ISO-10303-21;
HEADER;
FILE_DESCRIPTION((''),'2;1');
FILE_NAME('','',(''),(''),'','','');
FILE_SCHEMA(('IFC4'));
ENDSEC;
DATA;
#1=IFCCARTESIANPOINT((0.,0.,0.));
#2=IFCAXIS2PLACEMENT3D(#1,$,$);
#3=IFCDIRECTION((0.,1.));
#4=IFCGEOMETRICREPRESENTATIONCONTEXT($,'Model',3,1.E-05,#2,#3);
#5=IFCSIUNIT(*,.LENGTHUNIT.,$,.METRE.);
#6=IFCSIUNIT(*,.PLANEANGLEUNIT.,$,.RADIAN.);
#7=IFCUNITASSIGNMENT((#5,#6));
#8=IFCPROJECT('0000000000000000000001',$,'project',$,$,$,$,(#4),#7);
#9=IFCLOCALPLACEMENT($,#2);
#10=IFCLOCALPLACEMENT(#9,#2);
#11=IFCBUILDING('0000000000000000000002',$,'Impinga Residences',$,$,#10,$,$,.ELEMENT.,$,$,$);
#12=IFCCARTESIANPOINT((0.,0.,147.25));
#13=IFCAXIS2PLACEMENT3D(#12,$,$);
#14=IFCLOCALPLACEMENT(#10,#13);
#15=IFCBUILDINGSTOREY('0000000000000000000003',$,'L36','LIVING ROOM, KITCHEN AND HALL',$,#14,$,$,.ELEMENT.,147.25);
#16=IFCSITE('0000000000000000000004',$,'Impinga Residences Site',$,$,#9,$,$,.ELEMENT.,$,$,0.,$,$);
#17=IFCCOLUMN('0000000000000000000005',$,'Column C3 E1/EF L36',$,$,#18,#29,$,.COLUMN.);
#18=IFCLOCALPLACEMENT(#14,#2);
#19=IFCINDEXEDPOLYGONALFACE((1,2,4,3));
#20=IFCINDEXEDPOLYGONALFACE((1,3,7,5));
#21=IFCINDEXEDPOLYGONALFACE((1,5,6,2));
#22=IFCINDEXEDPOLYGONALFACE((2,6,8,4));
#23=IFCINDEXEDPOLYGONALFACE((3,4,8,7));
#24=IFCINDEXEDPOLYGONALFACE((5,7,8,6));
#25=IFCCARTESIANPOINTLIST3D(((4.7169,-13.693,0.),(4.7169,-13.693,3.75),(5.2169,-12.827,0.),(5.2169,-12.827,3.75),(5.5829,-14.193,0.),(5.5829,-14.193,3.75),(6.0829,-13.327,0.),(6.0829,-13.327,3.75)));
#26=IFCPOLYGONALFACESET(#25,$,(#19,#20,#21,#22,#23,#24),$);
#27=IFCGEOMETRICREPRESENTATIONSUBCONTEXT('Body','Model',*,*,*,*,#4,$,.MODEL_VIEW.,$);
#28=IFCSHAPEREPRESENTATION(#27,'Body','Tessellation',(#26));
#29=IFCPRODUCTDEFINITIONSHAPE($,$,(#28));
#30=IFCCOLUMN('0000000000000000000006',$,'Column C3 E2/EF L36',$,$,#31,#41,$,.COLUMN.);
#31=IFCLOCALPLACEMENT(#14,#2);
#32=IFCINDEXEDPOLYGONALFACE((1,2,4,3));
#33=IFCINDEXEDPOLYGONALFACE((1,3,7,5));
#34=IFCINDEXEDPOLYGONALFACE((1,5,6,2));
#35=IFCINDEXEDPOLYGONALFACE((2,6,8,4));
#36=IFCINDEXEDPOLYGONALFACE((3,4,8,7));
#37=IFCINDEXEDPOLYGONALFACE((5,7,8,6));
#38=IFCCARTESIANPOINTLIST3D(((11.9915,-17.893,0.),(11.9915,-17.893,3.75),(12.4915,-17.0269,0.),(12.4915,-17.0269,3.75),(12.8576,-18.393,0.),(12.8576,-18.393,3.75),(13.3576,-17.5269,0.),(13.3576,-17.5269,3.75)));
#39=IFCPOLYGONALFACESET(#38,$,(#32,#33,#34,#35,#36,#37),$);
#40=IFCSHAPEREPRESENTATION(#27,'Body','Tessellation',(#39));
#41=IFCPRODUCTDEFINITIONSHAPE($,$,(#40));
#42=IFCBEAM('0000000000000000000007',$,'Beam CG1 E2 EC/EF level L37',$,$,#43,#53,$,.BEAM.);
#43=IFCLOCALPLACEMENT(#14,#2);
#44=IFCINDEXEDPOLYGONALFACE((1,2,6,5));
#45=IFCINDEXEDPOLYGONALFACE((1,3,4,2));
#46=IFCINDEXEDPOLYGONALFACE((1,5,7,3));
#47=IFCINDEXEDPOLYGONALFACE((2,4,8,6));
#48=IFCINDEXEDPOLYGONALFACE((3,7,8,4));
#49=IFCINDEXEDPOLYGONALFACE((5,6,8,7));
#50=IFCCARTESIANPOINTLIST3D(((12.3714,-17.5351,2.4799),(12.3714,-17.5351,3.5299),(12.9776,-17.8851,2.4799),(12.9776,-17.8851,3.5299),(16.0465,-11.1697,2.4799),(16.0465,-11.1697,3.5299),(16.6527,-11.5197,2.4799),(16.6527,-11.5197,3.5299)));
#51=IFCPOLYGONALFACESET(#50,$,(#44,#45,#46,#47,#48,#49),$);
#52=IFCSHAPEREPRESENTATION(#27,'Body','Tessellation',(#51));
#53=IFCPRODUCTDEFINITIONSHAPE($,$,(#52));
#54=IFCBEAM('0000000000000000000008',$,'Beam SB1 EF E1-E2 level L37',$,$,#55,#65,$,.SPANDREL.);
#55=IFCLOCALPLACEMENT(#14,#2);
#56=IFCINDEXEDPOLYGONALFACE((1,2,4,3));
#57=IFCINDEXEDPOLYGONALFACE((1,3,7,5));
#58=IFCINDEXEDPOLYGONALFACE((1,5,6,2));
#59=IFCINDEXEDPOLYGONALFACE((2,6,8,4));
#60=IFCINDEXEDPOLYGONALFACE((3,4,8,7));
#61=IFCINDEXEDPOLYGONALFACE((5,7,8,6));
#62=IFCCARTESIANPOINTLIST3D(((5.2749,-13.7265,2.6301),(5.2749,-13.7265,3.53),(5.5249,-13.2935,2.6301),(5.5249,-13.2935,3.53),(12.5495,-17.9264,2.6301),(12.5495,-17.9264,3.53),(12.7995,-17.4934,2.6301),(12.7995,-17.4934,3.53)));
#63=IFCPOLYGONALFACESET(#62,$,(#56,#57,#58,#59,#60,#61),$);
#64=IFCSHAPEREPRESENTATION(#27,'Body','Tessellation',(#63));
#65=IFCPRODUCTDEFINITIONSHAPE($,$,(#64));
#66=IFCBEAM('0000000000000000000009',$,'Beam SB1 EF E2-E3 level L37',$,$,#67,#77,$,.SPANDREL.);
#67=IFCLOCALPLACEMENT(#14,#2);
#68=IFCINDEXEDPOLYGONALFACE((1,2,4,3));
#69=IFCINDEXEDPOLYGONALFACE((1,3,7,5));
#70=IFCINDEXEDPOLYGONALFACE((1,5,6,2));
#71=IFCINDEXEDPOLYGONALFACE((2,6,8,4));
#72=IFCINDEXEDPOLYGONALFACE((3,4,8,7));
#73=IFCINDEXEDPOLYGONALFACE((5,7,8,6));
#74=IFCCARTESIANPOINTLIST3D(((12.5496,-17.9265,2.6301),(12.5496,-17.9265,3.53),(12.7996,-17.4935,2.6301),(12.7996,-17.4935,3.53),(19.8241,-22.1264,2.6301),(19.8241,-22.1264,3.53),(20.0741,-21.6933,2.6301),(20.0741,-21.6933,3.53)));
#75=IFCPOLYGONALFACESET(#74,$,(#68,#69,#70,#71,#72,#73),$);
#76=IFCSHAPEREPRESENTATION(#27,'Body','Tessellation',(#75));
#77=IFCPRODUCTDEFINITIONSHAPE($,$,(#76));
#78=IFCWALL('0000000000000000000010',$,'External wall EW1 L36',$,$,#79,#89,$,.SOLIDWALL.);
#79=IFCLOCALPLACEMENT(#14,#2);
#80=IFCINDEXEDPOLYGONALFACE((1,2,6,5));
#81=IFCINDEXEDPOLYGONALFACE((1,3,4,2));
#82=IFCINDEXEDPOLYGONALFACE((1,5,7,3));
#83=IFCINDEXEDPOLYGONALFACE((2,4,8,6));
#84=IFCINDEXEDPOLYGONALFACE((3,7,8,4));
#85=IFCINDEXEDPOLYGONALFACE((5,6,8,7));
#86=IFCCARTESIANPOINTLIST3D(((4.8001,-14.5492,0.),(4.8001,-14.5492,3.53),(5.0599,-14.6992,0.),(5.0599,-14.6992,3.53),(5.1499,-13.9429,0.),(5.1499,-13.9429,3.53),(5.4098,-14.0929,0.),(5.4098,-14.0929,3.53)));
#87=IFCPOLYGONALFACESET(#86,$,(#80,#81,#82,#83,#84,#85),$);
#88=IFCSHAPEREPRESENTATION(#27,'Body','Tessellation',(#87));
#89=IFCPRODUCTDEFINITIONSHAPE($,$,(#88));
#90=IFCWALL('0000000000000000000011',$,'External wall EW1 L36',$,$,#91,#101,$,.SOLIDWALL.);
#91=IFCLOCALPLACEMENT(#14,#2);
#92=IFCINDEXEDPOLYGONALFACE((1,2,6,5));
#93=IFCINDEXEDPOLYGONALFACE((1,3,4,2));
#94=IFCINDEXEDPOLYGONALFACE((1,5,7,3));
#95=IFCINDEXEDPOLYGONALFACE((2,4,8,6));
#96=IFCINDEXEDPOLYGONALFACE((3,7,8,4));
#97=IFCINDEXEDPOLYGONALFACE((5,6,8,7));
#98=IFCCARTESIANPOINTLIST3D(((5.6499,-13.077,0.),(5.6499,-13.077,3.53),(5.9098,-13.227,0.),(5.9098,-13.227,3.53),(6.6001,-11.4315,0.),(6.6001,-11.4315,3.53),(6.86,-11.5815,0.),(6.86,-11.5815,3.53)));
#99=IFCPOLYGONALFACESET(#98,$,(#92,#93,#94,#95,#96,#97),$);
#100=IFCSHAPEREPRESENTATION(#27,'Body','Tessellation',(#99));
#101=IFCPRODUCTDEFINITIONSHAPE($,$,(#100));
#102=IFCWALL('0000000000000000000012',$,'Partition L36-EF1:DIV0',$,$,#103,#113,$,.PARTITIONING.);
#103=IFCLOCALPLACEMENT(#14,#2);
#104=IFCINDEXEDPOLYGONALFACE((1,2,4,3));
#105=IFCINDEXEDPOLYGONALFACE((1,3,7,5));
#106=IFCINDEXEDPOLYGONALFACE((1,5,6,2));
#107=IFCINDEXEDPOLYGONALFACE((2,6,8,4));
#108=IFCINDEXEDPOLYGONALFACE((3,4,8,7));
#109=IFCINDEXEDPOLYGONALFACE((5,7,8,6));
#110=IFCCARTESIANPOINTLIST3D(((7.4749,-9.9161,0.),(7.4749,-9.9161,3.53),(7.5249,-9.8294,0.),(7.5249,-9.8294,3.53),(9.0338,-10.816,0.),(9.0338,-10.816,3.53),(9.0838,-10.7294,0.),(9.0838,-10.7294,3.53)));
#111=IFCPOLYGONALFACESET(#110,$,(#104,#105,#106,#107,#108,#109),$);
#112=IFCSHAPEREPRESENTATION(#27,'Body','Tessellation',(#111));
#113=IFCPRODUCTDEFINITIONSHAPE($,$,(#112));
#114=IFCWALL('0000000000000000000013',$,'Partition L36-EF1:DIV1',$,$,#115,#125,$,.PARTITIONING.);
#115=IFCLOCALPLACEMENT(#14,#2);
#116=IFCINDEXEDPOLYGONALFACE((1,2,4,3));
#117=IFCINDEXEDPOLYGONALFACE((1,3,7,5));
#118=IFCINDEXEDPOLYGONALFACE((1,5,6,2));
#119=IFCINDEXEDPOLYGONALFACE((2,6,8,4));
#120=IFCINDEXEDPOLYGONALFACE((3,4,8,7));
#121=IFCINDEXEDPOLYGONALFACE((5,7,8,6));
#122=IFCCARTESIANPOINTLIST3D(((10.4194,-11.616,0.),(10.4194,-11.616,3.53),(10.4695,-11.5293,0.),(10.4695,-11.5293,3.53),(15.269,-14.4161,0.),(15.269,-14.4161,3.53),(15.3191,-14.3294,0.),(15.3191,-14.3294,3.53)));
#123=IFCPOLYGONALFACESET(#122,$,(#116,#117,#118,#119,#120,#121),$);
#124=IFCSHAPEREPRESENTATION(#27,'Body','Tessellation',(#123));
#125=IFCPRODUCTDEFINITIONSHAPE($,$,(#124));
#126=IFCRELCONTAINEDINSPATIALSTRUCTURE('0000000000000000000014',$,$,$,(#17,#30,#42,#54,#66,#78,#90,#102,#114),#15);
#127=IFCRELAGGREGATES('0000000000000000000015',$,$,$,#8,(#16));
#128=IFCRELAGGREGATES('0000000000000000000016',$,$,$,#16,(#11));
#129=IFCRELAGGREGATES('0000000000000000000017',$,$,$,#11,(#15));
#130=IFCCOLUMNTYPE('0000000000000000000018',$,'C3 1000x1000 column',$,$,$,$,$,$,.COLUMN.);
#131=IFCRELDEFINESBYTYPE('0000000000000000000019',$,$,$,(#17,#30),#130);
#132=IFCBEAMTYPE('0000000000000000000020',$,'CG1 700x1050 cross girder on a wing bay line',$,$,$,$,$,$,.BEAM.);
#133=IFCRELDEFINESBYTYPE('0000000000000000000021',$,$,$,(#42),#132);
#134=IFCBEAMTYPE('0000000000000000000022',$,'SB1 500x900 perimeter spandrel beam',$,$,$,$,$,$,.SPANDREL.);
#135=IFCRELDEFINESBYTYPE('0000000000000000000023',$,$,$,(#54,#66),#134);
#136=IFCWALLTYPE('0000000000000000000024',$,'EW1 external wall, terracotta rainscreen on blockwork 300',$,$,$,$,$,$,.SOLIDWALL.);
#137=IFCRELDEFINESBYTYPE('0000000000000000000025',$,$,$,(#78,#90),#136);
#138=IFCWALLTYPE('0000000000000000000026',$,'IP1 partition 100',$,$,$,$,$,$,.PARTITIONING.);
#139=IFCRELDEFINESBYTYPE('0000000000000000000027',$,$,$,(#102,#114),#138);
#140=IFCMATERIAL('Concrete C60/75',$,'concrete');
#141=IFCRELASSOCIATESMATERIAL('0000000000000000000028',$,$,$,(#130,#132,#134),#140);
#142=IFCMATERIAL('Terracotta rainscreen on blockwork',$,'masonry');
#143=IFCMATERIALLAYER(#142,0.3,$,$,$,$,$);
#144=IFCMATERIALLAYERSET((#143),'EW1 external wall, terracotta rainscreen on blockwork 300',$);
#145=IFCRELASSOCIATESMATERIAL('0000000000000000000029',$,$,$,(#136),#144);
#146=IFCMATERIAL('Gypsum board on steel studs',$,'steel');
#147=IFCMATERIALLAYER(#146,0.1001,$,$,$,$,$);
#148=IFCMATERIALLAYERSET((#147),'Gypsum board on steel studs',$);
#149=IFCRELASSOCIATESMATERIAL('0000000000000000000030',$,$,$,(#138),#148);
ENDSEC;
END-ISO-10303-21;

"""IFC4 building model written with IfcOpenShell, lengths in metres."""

from ifc_helpers import new_model, si_unit, direction, frame, frame_2d, origin, origin_2d, place, context, subcontext, project, spatial, rectangle, extrude, material, layer, layer_set, material_profile, profile_set, type_object, element, save


model = new_model("IFC4")

# Units and contexts
model_context = context("Model", 3, precision=1e-05, world=origin(), true_north=direction((0.0, 1.0)))
body_context = subcontext(model_context, "Body", "Model", "MODEL_VIEW")
ifc_project = project(units=[si_unit("LENGTHUNIT", "METRE"), si_unit("PLANEANGLEUNIT", "RADIAN")], contexts=[model_context])

# Site, building, storey
site_placement = place(None, origin())
site = spatial("IfcSite", under=ifc_project, at=site_placement, Name="Impinga Residences Site", CompositionType="ELEMENT", RefElevation=0.0)
building_placement = place(site_placement, origin())
building = spatial("IfcBuilding", under=site, at=building_placement, Name="Impinga Residences", CompositionType="ELEMENT")
storey_placement = place(building_placement, frame((0.0, 0.0, 147.25)))
storey = spatial("IfcBuildingStorey", under=building, at=storey_placement, Name="L36", Description="LIVING ROOM, KITCHEN AND HALL", CompositionType="ELEMENT", Elevation=147.25)

# Columns
ifc_material_1 = material(Name="Concrete C60/75", Category="concrete")
ifc_material_profile_1 = material_profile(ifc_material_1, rectangle(XDim=1.0, YDim=1.0, at=origin_2d()), Name="RC 1000x1000")
ifc_profile_set_1 = profile_set([ifc_material_profile_1], Name="Concrete C60/75")
column_type = type_object("IfcColumnType", Name="C3 1000x1000 column", PredefinedType="COLUMN", material=ifc_profile_set_1)
for number, where, z_axis, x_axis, name in (
    (1, (5.3999, -13.51, 0.0), (0.0, 0.0, 1.0), (-0.5, -0.866025, 0.0), "Column C3 E1/EF L36"),
    (2, (12.6746, -17.71, 0.0), (0.0, 0.0, 1.0), (-0.5, -0.866025, 0.0), "Column C3 E2/EF L36"),
):
    element("IfcColumn", number, at=place(storey_placement, frame(where, z_axis=z_axis, x_axis=x_axis)), inside=storey, type_object=column_type, Name=name, PredefinedType="COLUMN", context=body_context, shape_type="SweptSolid", body=[
        extrude(rectangle(XDim=1.0, YDim=1.0, at=origin_2d()), origin(), (0.0, 0.0, 1.0), 3.75),
    ])

# Beams
ifc_material_profile_2 = material_profile(ifc_material_1, rectangle(XDim=0.7, YDim=1.05, at=origin_2d()), Name="RC 700x1050")
ifc_profile_set_2 = profile_set([ifc_material_profile_2], Name="Concrete C60/75")
beam_type_1 = type_object("IfcBeamType", Name="CG1 700x1050 cross girder on a wing bay line", PredefinedType="BEAM", material=ifc_profile_set_2)
beam_placement = place(storey_placement, frame((16.3496, -11.3447, 3.0049), z_axis=(-0.500008, -0.866021, 0.0), x_axis=(0.866021, -0.500008, 0.0)))
element("IfcBeam", 3, at=beam_placement, inside=storey, type_object=beam_type_1, Name="Beam CG1 E2 EC/EF level L37", PredefinedType="BEAM", context=body_context, shape_type="SweptSolid", body=[
    extrude(rectangle(XDim=0.7, YDim=1.05, at=origin_2d()), origin(), (0.0, 0.0, 1.0), 7.3501),
])
ifc_material_profile_3 = material_profile(ifc_material_1, rectangle(XDim=0.5, YDim=0.8999, at=origin_2d()), Name="RC 500x900")
ifc_profile_set_3 = profile_set([ifc_material_profile_3], Name="Concrete C60/75")
beam_type_2 = type_object("IfcBeamType", Name="SB1 500x900 perimeter spandrel beam", PredefinedType="SPANDREL", material=ifc_profile_set_3)
for number, where, z_axis, x_axis, name in (
    (4, (5.3999, -13.51, 3.0801), (0.866029, -0.499993, 0.0), (0.499993, 0.866029, 0.0), "Beam SB1 EF E1-E2 level L37"),
    (5, (12.6746, -17.71, 3.0801), (0.866029, -0.499993, 0.0), (0.499993, 0.866029, 0.0), "Beam SB1 EF E2-E3 level L37"),
):
    element("IfcBeam", number, at=place(storey_placement, frame(where, z_axis=z_axis, x_axis=x_axis)), inside=storey, type_object=beam_type_2, Name=name, PredefinedType="SPANDREL", context=body_context, shape_type="SweptSolid", body=[
        extrude(rectangle(XDim=0.5, YDim=0.8999, at=origin_2d()), origin(), (0.0, 0.0, 1.0), 8.3999),
    ])

# Walls
ifc_material_2 = material(Name="Terracotta rainscreen on blockwork", Category="masonry")
ifc_layer_1 = layer(ifc_material_2, 0.3)
ifc_layer_set_1 = layer_set([ifc_layer_1], Name="EW1 external wall, terracotta rainscreen on blockwork 300")
wall_type_1 = type_object("IfcWallType", Name="EW1 external wall, terracotta rainscreen on blockwork 300", PredefinedType="SOLIDWALL", material=ifc_layer_set_1)
wall_1_placement = place(storey_placement, frame((4.9299, -14.6243, 0.0), z_axis=(0.0, 0.0, 1.0), x_axis=(0.499853, 0.86611, 0.0)))
element("IfcWall", 6, at=wall_1_placement, inside=storey, type_object=wall_type_1, Name="External wall EW1 L36", PredefinedType="SOLIDWALL", context=body_context, shape_type="SweptSolid", body=[
    extrude(rectangle(XDim=0.7, YDim=0.3, at=frame_2d((0.3501, 0.0))), origin(), (0.0, 0.0, 1.0), 3.53),
])
wall_2_placement = place(storey_placement, frame((5.7798, -13.1521, 0.0), z_axis=(0.0, 0.0, 1.0), x_axis=(0.500064, 0.865989, 0.0)))
element("IfcWall", 7, at=wall_2_placement, inside=storey, type_object=wall_type_1, Name="External wall EW1 L36", PredefinedType="SOLIDWALL", context=body_context, shape_type="SweptSolid", body=[
    extrude(rectangle(XDim=1.9001, YDim=0.3, at=frame_2d((0.9502, 0.0))), origin(), (0.0, 0.0, 1.0), 3.53),
])
ifc_material_3 = material(Name="Gypsum board on steel studs", Category="steel")
ifc_layer_2 = layer(ifc_material_3, 0.1001)
ifc_layer_set_2 = layer_set([ifc_layer_2], Name="Gypsum board on steel studs")
wall_type_2 = type_object("IfcWallType", Name="IP1 partition 100", PredefinedType="PARTITIONING", material=ifc_layer_set_2)
wall_3_placement = place(storey_placement, frame((7.5, -9.8728, 0.0), z_axis=(0.0, 0.0, 1.0), x_axis=(0.866048, -0.499961, 0.0)))
element("IfcWall", 8, at=wall_3_placement, inside=storey, type_object=wall_type_2, Name="Partition L36-EF1:DIV0", PredefinedType="PARTITIONING", context=body_context, shape_type="SweptSolid", body=[
    extrude(rectangle(XDim=1.8, YDim=0.1001, at=frame_2d((0.8999, 0.0))), origin(), (0.0, 0.0, 1.0), 3.53),
])
wall_4_placement = place(storey_placement, frame((10.4446, -11.5728, 0.0), z_axis=(0.0, 0.0, 1.0), x_axis=(0.866016, -0.500017, 0.0)))
element("IfcWall", 9, at=wall_4_placement, inside=storey, type_object=wall_type_2, Name="Partition L36-EF1:DIV1", PredefinedType="PARTITIONING", context=body_context, shape_type="SweptSolid", body=[
    extrude(rectangle(XDim=5.5999, YDim=0.1001, at=frame_2d((2.7998, 0.0))), origin(), (0.0, 0.0, 1.0), 3.53),
])

save(model, "model.ifc")
